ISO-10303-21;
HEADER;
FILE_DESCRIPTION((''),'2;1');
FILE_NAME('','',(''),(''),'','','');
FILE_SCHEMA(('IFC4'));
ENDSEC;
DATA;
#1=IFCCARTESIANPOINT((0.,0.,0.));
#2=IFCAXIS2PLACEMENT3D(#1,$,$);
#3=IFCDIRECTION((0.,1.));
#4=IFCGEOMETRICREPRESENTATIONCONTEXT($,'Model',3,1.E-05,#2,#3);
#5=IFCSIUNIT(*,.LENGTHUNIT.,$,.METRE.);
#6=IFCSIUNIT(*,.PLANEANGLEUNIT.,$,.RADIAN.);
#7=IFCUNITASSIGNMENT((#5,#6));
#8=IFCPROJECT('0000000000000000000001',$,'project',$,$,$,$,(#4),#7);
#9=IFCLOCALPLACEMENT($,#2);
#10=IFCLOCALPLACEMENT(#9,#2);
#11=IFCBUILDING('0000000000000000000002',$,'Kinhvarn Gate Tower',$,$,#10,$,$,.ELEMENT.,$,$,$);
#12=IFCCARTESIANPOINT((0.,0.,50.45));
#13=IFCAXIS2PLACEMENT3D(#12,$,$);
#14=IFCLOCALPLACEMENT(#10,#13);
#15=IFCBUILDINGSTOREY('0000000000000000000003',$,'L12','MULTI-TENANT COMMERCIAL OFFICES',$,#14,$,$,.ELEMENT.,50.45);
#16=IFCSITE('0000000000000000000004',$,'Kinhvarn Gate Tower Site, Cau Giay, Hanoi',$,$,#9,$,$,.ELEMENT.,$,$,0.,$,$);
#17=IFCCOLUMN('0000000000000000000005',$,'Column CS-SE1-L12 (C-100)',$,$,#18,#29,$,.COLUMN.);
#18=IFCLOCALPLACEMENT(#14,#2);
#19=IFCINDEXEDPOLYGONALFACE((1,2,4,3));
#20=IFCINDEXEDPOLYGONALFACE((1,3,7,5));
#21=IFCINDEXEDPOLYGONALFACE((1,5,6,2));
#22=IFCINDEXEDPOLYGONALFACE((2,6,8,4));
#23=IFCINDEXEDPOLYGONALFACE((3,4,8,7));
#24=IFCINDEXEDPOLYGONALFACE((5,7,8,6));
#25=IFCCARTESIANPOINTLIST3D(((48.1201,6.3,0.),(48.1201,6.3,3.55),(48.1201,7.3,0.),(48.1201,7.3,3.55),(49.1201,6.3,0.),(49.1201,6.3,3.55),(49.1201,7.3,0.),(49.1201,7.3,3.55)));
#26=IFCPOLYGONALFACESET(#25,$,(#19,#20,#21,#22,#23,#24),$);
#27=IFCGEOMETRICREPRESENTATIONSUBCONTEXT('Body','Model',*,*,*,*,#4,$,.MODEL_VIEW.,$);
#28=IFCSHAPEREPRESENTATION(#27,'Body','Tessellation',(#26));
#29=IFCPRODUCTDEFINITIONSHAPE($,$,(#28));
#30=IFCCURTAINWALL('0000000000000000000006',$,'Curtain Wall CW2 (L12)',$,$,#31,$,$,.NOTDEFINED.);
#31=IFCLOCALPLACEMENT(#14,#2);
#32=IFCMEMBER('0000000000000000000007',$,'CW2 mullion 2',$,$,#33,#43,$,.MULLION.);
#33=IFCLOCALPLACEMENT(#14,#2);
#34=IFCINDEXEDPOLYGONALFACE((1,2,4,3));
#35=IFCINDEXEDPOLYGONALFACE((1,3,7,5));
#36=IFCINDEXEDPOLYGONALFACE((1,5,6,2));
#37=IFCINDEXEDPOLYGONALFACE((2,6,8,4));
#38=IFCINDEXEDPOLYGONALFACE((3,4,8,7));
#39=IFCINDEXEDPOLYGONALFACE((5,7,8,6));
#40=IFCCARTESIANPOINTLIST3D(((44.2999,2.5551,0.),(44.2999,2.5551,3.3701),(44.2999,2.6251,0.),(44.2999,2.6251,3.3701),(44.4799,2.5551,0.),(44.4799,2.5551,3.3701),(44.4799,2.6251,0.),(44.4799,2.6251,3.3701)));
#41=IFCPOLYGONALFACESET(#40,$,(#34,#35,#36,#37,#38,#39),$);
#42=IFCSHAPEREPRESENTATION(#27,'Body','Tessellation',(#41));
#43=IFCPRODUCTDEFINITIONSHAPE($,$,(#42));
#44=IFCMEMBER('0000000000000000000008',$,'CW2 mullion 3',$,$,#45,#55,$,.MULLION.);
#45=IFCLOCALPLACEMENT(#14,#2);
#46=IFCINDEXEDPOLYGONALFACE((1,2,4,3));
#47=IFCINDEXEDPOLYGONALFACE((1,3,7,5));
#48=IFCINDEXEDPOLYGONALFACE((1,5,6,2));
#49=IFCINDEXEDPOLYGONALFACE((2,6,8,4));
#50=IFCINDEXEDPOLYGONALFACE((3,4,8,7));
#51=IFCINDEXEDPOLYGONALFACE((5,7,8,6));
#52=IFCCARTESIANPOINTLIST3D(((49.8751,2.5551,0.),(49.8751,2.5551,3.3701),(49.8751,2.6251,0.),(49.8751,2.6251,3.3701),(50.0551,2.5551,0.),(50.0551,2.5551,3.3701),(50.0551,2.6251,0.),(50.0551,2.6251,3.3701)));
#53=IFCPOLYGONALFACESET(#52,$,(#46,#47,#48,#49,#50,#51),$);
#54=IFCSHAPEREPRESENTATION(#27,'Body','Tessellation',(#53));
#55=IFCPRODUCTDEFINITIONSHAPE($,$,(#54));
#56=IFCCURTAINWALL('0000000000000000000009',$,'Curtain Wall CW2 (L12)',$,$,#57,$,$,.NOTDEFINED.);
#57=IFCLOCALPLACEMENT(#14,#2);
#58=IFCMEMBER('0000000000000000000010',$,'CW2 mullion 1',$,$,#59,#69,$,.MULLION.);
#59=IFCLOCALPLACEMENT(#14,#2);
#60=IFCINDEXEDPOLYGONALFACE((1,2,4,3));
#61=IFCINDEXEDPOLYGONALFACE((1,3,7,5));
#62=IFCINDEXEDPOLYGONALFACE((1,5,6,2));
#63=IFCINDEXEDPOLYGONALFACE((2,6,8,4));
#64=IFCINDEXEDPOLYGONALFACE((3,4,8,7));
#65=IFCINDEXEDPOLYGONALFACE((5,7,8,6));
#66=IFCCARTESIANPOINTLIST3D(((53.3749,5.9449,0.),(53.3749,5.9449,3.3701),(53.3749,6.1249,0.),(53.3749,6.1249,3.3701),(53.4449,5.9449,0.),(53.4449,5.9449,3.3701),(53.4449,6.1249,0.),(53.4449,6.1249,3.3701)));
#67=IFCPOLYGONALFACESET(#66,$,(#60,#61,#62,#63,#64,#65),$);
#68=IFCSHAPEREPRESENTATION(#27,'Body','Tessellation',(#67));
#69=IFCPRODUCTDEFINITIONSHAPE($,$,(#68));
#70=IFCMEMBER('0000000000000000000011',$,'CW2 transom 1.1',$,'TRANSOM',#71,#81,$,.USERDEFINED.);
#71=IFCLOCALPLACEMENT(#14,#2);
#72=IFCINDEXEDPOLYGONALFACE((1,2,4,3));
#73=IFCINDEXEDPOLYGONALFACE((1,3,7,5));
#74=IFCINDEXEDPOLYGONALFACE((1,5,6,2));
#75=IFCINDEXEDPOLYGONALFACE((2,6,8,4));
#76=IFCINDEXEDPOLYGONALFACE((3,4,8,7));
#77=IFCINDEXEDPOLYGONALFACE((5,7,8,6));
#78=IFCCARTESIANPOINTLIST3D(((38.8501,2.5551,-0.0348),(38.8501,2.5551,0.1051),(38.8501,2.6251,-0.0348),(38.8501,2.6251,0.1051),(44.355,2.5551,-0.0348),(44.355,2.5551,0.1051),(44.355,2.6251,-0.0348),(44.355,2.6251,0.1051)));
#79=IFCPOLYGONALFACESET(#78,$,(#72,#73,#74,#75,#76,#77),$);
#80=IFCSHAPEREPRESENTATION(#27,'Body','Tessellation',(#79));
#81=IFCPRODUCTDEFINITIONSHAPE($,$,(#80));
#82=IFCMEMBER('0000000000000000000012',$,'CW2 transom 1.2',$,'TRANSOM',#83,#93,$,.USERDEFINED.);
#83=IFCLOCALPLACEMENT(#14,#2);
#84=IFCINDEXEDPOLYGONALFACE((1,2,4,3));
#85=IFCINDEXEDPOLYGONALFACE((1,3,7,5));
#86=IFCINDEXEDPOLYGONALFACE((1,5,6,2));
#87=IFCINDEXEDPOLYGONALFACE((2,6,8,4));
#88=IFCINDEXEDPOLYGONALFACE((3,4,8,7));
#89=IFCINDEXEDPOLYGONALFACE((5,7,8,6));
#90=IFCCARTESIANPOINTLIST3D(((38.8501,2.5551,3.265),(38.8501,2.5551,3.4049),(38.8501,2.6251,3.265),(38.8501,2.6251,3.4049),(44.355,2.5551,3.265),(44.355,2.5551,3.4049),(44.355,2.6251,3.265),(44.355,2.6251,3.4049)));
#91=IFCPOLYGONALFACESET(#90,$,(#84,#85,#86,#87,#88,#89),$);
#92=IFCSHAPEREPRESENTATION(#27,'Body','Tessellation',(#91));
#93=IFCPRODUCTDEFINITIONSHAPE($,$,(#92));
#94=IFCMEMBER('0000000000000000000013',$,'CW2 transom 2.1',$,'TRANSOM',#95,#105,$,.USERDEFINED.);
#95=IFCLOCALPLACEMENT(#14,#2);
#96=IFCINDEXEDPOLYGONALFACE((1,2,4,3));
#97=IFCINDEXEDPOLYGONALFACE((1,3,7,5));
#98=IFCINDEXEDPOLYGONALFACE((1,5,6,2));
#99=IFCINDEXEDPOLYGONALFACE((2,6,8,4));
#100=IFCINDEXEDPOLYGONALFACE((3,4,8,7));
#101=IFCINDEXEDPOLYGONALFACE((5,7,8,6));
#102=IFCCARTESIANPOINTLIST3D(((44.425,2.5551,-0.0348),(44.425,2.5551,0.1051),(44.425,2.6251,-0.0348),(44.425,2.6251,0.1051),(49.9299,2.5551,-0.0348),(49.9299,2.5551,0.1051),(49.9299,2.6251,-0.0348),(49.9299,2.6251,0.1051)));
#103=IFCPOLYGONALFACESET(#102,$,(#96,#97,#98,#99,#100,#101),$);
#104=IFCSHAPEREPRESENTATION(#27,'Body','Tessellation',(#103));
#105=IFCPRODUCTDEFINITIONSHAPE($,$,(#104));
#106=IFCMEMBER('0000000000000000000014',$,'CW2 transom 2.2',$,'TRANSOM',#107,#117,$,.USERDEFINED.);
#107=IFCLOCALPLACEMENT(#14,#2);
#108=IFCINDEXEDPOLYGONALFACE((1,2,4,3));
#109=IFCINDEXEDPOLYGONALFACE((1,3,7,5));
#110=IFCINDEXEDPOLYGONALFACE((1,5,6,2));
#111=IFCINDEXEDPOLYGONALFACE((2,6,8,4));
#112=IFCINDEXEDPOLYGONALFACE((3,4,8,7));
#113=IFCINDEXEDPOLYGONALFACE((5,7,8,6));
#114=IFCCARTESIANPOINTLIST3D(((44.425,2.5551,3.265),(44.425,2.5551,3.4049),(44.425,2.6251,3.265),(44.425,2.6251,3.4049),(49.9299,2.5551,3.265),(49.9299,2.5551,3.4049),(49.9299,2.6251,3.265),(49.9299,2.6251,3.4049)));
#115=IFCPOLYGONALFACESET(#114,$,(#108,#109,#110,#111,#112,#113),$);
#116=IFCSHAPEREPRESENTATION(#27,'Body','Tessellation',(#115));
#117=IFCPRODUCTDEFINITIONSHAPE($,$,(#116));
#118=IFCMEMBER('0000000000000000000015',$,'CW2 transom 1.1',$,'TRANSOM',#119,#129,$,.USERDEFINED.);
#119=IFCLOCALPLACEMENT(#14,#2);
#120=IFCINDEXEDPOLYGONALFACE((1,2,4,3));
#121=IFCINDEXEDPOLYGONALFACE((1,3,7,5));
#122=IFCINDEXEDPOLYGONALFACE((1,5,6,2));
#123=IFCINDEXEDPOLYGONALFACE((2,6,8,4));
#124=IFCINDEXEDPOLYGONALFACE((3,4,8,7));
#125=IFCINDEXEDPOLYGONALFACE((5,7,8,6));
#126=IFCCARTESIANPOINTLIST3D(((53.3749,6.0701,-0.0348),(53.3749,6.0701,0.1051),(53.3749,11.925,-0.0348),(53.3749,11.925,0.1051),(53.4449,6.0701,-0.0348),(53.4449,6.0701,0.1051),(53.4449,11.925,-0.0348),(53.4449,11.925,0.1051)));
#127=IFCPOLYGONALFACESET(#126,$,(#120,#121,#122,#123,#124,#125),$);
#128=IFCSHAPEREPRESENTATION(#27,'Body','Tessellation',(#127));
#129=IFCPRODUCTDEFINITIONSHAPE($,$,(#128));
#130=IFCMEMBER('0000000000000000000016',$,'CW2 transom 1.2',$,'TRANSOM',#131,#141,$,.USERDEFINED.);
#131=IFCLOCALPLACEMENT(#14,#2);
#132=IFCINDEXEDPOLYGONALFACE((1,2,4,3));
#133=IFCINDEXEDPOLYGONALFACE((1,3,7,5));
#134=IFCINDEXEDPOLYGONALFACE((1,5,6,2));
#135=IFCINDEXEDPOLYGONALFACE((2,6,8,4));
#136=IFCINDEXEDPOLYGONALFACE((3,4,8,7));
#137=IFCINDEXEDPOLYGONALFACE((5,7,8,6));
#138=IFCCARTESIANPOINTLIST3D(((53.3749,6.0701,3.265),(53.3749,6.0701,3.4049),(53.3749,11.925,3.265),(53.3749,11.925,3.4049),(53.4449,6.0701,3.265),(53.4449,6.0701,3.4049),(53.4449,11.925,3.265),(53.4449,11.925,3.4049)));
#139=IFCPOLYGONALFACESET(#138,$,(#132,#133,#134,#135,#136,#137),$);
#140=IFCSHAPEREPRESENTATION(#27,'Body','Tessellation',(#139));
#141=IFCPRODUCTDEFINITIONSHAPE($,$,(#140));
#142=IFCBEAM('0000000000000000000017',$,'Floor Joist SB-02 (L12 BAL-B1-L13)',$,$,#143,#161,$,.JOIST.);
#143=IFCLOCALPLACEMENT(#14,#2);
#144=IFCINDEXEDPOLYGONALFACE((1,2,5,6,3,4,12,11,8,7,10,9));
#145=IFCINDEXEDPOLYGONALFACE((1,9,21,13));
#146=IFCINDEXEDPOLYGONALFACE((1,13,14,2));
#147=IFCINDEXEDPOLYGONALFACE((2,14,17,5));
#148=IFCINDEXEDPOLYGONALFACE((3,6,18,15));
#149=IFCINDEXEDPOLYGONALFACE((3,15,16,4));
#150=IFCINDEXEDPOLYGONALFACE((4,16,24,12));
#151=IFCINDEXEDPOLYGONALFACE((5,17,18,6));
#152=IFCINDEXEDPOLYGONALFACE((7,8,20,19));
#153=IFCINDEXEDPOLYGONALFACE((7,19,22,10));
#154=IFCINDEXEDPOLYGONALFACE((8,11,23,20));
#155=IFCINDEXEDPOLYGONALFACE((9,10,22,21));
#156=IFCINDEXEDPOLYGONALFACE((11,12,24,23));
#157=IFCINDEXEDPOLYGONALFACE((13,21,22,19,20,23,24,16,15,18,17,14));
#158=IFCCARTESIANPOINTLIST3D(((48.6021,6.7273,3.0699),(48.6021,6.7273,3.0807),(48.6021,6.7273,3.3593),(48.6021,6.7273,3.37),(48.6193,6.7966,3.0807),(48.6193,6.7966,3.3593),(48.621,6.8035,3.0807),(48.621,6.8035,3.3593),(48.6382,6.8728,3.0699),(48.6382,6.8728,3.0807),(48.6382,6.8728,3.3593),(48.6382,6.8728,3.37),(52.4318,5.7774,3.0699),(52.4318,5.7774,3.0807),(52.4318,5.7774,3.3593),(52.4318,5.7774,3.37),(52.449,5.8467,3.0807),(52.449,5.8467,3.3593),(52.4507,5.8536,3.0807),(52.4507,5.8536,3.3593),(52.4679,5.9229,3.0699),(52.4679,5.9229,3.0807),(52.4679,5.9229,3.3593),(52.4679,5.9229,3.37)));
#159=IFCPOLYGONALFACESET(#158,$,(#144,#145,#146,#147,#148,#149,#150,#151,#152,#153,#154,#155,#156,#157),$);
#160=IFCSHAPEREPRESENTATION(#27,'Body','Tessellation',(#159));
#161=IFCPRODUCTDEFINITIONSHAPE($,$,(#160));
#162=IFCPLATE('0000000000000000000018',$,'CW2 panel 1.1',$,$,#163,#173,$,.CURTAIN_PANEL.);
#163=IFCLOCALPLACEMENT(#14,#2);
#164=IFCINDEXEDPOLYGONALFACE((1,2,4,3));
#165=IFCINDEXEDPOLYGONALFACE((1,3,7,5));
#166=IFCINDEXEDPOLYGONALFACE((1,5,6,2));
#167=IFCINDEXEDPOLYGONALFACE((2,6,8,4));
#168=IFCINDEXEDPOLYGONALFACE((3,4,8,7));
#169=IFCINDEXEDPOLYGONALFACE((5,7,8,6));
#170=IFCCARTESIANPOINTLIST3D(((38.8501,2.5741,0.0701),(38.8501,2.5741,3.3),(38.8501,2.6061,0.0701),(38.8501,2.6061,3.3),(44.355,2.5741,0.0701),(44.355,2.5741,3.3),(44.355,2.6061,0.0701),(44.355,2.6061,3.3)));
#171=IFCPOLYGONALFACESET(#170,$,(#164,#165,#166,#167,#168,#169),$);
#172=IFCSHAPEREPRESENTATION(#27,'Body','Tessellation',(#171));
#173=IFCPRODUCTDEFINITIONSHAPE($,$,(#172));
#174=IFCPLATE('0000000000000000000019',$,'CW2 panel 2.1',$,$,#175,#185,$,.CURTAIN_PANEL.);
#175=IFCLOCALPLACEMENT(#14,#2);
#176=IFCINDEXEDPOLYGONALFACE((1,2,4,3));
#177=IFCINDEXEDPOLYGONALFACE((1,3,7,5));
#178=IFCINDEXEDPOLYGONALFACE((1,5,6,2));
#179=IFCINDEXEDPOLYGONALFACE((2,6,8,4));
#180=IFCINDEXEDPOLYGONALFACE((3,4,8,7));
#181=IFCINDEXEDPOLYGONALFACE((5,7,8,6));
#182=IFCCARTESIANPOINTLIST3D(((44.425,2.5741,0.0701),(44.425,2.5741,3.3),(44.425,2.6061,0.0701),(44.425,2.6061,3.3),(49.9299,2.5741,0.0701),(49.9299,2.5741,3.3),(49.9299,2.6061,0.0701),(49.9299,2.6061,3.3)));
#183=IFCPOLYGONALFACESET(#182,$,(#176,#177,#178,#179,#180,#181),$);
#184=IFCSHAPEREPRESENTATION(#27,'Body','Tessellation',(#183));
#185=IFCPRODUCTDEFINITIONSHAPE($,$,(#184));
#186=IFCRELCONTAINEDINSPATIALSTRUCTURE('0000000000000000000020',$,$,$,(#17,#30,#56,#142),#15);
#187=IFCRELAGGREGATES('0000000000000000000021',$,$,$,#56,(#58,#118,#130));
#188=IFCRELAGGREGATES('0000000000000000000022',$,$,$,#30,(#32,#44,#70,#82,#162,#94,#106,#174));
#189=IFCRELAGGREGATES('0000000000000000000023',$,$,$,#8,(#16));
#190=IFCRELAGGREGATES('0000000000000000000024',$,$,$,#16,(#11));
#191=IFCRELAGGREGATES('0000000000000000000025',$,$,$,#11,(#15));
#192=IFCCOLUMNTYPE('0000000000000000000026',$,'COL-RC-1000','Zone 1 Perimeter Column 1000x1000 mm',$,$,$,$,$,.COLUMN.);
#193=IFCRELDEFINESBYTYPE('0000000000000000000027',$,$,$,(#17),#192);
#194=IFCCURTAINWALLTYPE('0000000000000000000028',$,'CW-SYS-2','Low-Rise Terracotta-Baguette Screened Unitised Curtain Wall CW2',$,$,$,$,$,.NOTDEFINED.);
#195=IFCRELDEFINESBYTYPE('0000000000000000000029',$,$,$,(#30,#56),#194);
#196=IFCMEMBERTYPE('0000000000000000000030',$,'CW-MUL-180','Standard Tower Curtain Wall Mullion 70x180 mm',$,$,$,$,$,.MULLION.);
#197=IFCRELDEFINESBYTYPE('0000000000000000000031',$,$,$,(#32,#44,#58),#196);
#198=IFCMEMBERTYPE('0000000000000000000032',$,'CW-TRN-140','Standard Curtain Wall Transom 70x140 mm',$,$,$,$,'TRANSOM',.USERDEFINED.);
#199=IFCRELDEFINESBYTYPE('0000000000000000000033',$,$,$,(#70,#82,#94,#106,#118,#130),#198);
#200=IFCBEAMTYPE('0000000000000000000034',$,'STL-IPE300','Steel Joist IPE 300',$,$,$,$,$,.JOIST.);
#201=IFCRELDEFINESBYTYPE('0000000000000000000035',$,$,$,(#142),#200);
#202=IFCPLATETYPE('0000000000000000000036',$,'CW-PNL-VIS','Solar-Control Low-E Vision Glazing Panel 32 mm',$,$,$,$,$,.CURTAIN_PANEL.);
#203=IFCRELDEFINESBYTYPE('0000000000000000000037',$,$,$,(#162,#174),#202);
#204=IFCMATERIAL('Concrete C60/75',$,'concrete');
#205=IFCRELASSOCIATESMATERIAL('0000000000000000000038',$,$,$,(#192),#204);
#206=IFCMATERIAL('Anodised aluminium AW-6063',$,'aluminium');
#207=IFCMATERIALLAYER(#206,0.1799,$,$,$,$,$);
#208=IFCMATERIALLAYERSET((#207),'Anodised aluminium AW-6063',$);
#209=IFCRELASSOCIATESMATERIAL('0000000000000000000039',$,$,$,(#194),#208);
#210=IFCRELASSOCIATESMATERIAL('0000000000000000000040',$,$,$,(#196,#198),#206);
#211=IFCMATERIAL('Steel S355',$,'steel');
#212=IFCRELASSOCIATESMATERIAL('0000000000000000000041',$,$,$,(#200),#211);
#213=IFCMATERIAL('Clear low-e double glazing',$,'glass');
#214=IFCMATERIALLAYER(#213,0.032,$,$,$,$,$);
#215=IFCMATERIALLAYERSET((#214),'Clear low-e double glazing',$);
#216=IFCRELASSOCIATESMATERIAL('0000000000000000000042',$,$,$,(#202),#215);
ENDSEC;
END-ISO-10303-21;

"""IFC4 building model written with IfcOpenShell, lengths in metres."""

from ifc_helpers import new_model, si_unit, direction, frame, origin, origin_2d, place, context, subcontext, project, spatial, rectangle, i_section, extrude, material, layer, layer_set, material_profile, profile_set, type_object, element, aggregate, save


model = new_model("IFC4")

# Units and contexts
model_context = context("Model", 3, precision=1e-05, world=origin(), true_north=direction((0.0, 1.0)))
body_context = subcontext(model_context, "Body", "Model", "MODEL_VIEW")
ifc_project = project(units=[si_unit("LENGTHUNIT", "METRE"), si_unit("PLANEANGLEUNIT", "RADIAN")], contexts=[model_context])

# Site, building, storey
site_placement = place(None, origin())
site = spatial("IfcSite", under=ifc_project, at=site_placement, Name="Kinhvarn Gate Tower Site, Cau Giay, Hanoi", CompositionType="ELEMENT", RefElevation=0.0)
building_placement = place(site_placement, origin())
building = spatial("IfcBuilding", under=site, at=building_placement, Name="Kinhvarn Gate Tower", CompositionType="ELEMENT")
storey_placement = place(building_placement, frame((0.0, 0.0, 50.45)))
storey = spatial("IfcBuildingStorey", under=building, at=storey_placement, Name="L12", Description="MULTI-TENANT COMMERCIAL OFFICES", CompositionType="ELEMENT", Elevation=50.45)

# Column
ifc_material_1 = material(Name="Concrete C60/75", Category="concrete")
ifc_material_profile_1 = material_profile(ifc_material_1, rectangle(XDim=1.0, YDim=1.0, at=origin_2d()), Name="RC 1000x1000")
ifc_profile_set_1 = profile_set([ifc_material_profile_1], Name="Concrete C60/75")
column_type = type_object("IfcColumnType", Name="COL-RC-1000", Description="Zone 1 Perimeter Column 1000x1000 mm", PredefinedType="COLUMN", material=ifc_profile_set_1)
column_placement = place(storey_placement, frame((48.6201, 6.8, 0.0), z_axis=(0.0, 0.0, 1.0), x_axis=(1.0, 0.0, 0.0)))
element("IfcColumn", 1, at=column_placement, inside=storey, type_object=column_type, Name="Column CS-SE1-L12 (C-100)", PredefinedType="COLUMN", context=body_context, shape_type="SweptSolid", body=[
    extrude(rectangle(XDim=1.0, YDim=1.0, at=origin_2d()), origin(), (0.0, 0.0, 1.0), 3.55),
])

# Curtain wall, members
ifc_material_2 = material(Name="Anodised aluminium AW-6063", Category="aluminium")
ifc_layer_1 = layer(ifc_material_2, 0.1799)
ifc_layer_set_1 = layer_set([ifc_layer_1], Name="Anodised aluminium AW-6063")
curtain_wall_type = type_object("IfcCurtainWallType", Name="CW-SYS-2", Description="Low-Rise Terracotta-Baguette Screened Unitised Curtain Wall CW2", PredefinedType="NOTDEFINED", material=ifc_layer_set_1)
curtain_wall_1_placement = place(storey_placement, origin())
curtain_wall_1 = element("IfcCurtainWall", 2, at=curtain_wall_1_placement, inside=storey, type_object=curtain_wall_type, Name="Curtain Wall CW2 (L12)", PredefinedType="NOTDEFINED")
ifc_material_profile_2 = material_profile(ifc_material_2, rectangle(XDim=0.0701, YDim=0.1799, at=origin_2d()), Name="ALU 70x180")
ifc_profile_set_2 = profile_set([ifc_material_profile_2], Name="Anodised aluminium AW-6063")
member_type_1 = type_object("IfcMemberType", Name="CW-MUL-180", Description="Standard Tower Curtain Wall Mullion 70x180 mm", PredefinedType="MULLION", material=ifc_profile_set_2)
member_1_placement = place(storey_placement, frame((44.3899, 2.5901, 0.0), z_axis=(0.0, 0.0, 1.0), x_axis=(0.0, 1.0, 0.0)))
member_1 = element("IfcMember", 3, at=member_1_placement, type_object=member_type_1, Name="CW2 mullion 2", PredefinedType="MULLION", context=body_context, shape_type="SweptSolid", body=[
    extrude(rectangle(XDim=0.0701, YDim=0.1799, at=origin_2d()), origin(), (0.0, 0.0, 1.0), 3.3701),
])
member_2_placement = place(storey_placement, frame((49.9651, 2.5901, 0.0), z_axis=(0.0, 0.0, 1.0), x_axis=(0.0, 1.0, 0.0)))
member_2 = element("IfcMember", 4, at=member_2_placement, type_object=member_type_1, Name="CW2 mullion 3", PredefinedType="MULLION", context=body_context, shape_type="SweptSolid", body=[
    extrude(rectangle(XDim=0.0701, YDim=0.1799, at=origin_2d()), origin(), (0.0, 0.0, 1.0), 3.3701),
])

# Curtain wall, member
curtain_wall_2_placement = place(storey_placement, origin())
curtain_wall_2 = element("IfcCurtainWall", 5, at=curtain_wall_2_placement, inside=storey, type_object=curtain_wall_type, Name="Curtain Wall CW2 (L12)", PredefinedType="NOTDEFINED")
member_3_placement = place(storey_placement, frame((53.4099, 6.0349, 0.0), z_axis=(0.0, 0.0, 1.0), x_axis=(-1.0, 0.0, 0.0)))
member_3 = element("IfcMember", 6, at=member_3_placement, type_object=member_type_1, Name="CW2 mullion 1", PredefinedType="MULLION", context=body_context, shape_type="SweptSolid", body=[
    extrude(rectangle(XDim=0.0701, YDim=0.1799, at=origin_2d()), origin(), (0.0, 0.0, 1.0), 3.3701),
])

# Members
ifc_material_profile_3 = material_profile(ifc_material_2, rectangle(XDim=0.0701, YDim=0.1399, at=origin_2d()), Name="ALU 70x140")
ifc_profile_set_3 = profile_set([ifc_material_profile_3], Name="Anodised aluminium AW-6063")
member_type_2 = type_object("IfcMemberType", Name="CW-TRN-140", Description="Standard Curtain Wall Transom 70x140 mm", ElementType="TRANSOM", PredefinedType="USERDEFINED", material=ifc_profile_set_3)
member_4_placement = place(storey_placement, frame((38.8501, 2.5901, 0.0352), z_axis=(1.0, 0.0, 0.0), x_axis=(0.0, 1.0, 0.0)))
member_4 = element("IfcMember", 7, at=member_4_placement, type_object=member_type_2, Name="CW2 transom 1.1", ObjectType="TRANSOM", PredefinedType="USERDEFINED", context=body_context, shape_type="SweptSolid", body=[
    extrude(rectangle(XDim=0.0701, YDim=0.1399, at=origin_2d()), origin(), (0.0, 0.0, 1.0), 5.5049),
])
member_5_placement = place(storey_placement, frame((38.8501, 2.5901, 3.335), z_axis=(1.0, 0.0, 0.0), x_axis=(0.0, 1.0, 0.0)))
member_5 = element("IfcMember", 8, at=member_5_placement, type_object=member_type_2, Name="CW2 transom 1.2", ObjectType="TRANSOM", PredefinedType="USERDEFINED", context=body_context, shape_type="SweptSolid", body=[
    extrude(rectangle(XDim=0.0701, YDim=0.1399, at=origin_2d()), origin(), (0.0, 0.0, 1.0), 5.5049),
])
member_6_placement = place(storey_placement, frame((44.425, 2.5901, 0.0352), z_axis=(1.0, 0.0, 0.0), x_axis=(0.0, 1.0, 0.0)))
member_6 = element("IfcMember", 9, at=member_6_placement, type_object=member_type_2, Name="CW2 transom 2.1", ObjectType="TRANSOM", PredefinedType="USERDEFINED", context=body_context, shape_type="SweptSolid", body=[
    extrude(rectangle(XDim=0.0701, YDim=0.1399, at=origin_2d()), origin(), (0.0, 0.0, 1.0), 5.5049),
])
member_7_placement = place(storey_placement, frame((44.425, 2.5901, 3.335), z_axis=(1.0, 0.0, 0.0), x_axis=(0.0, 1.0, 0.0)))
member_7 = element("IfcMember", 10, at=member_7_placement, type_object=member_type_2, Name="CW2 transom 2.2", ObjectType="TRANSOM", PredefinedType="USERDEFINED", context=body_context, shape_type="SweptSolid", body=[
    extrude(rectangle(XDim=0.0701, YDim=0.1399, at=origin_2d()), origin(), (0.0, 0.0, 1.0), 5.5049),
])
member_8_placement = place(storey_placement, frame((53.4099, 6.0701, 0.0352), z_axis=(0.0, 1.0, 0.0), x_axis=(-1.0, 0.0, 0.0)))
member_8 = element("IfcMember", 11, at=member_8_placement, type_object=member_type_2, Name="CW2 transom 1.1", ObjectType="TRANSOM", PredefinedType="USERDEFINED", context=body_context, shape_type="SweptSolid", body=[
    extrude(rectangle(XDim=0.0701, YDim=0.1399, at=origin_2d()), origin(), (0.0, 0.0, 1.0), 5.855),
])
member_9_placement = place(storey_placement, frame((53.4099, 6.0701, 3.335), z_axis=(0.0, 1.0, 0.0), x_axis=(-1.0, 0.0, 0.0)))
member_9 = element("IfcMember", 12, at=member_9_placement, type_object=member_type_2, Name="CW2 transom 1.2", ObjectType="TRANSOM", PredefinedType="USERDEFINED", context=body_context, shape_type="SweptSolid", body=[
    extrude(rectangle(XDim=0.0701, YDim=0.1399, at=origin_2d()), origin(), (0.0, 0.0, 1.0), 5.855),
])
aggregate(curtain_wall_2, [member_3, member_8, member_9])

# Beam
ifc_material_3 = material(Name="Steel S355", Category="steel")
ifc_material_profile_4 = material_profile(ifc_material_3, i_section(OverallWidth=0.1499, OverallDepth=0.3, WebThickness=0.0071, FlangeThickness=0.0107, at=origin_2d()), Name="IPE 300")
ifc_profile_set_4 = profile_set([ifc_material_profile_4], Name="Steel S355")
beam_type = type_object("IfcBeamType", Name="STL-IPE300", Description="Steel Joist IPE 300", PredefinedType="JOIST", material=ifc_profile_set_4)
beam_placement = place(storey_placement, frame((48.6201, 6.8, 3.22), z_axis=(0.970589, -0.240745, 0.0), x_axis=(0.240745, 0.970589, 0.0)))
element("IfcBeam", 13, at=beam_placement, inside=storey, type_object=beam_type, Name="Floor Joist SB-02 (L12 BAL-B1-L13)", PredefinedType="JOIST", context=body_context, shape_type="SweptSolid", body=[
    extrude(i_section(OverallWidth=0.1499, OverallDepth=0.3, WebThickness=0.0071, FlangeThickness=0.0107, at=origin_2d()), origin(), (0.0, 0.0, 1.0), 3.9458),
])

# Plates
ifc_material_4 = material(Name="Clear low-e double glazing", Category="glass")
ifc_layer_2 = layer(ifc_material_4, 0.032)
ifc_layer_set_2 = layer_set([ifc_layer_2], Name="Clear low-e double glazing")
plate_type = type_object("IfcPlateType", Name="CW-PNL-VIS", Description="Solar-Control Low-E Vision Glazing Panel 32 mm", PredefinedType="CURTAIN_PANEL", material=ifc_layer_set_2)
plate_1_placement = place(storey_placement, frame((41.6025, 2.5901, 0.0701), z_axis=(0.0, 0.0, 1.0), x_axis=(1.0, 0.0, 0.0)))
plate_1 = element("IfcPlate", 14, at=plate_1_placement, type_object=plate_type, Name="CW2 panel 1.1", PredefinedType="CURTAIN_PANEL", context=body_context, shape_type="SweptSolid", body=[
    extrude(rectangle(XDim=5.5049, YDim=0.032, at=origin_2d()), origin(), (0.0, 0.0, 1.0), 3.23),
])
plate_2_placement = place(storey_placement, frame((47.1775, 2.5901, 0.0701), z_axis=(0.0, 0.0, 1.0), x_axis=(1.0, 0.0, 0.0)))
plate_2 = element("IfcPlate", 15, at=plate_2_placement, type_object=plate_type, Name="CW2 panel 2.1", PredefinedType="CURTAIN_PANEL", context=body_context, shape_type="SweptSolid", body=[
    extrude(rectangle(XDim=5.5049, YDim=0.032, at=origin_2d()), origin(), (0.0, 0.0, 1.0), 3.23),
])
aggregate(curtain_wall_1, [member_1, member_2, member_4, member_5, plate_1, member_6, member_7, plate_2])

save(model, "model.ifc")
